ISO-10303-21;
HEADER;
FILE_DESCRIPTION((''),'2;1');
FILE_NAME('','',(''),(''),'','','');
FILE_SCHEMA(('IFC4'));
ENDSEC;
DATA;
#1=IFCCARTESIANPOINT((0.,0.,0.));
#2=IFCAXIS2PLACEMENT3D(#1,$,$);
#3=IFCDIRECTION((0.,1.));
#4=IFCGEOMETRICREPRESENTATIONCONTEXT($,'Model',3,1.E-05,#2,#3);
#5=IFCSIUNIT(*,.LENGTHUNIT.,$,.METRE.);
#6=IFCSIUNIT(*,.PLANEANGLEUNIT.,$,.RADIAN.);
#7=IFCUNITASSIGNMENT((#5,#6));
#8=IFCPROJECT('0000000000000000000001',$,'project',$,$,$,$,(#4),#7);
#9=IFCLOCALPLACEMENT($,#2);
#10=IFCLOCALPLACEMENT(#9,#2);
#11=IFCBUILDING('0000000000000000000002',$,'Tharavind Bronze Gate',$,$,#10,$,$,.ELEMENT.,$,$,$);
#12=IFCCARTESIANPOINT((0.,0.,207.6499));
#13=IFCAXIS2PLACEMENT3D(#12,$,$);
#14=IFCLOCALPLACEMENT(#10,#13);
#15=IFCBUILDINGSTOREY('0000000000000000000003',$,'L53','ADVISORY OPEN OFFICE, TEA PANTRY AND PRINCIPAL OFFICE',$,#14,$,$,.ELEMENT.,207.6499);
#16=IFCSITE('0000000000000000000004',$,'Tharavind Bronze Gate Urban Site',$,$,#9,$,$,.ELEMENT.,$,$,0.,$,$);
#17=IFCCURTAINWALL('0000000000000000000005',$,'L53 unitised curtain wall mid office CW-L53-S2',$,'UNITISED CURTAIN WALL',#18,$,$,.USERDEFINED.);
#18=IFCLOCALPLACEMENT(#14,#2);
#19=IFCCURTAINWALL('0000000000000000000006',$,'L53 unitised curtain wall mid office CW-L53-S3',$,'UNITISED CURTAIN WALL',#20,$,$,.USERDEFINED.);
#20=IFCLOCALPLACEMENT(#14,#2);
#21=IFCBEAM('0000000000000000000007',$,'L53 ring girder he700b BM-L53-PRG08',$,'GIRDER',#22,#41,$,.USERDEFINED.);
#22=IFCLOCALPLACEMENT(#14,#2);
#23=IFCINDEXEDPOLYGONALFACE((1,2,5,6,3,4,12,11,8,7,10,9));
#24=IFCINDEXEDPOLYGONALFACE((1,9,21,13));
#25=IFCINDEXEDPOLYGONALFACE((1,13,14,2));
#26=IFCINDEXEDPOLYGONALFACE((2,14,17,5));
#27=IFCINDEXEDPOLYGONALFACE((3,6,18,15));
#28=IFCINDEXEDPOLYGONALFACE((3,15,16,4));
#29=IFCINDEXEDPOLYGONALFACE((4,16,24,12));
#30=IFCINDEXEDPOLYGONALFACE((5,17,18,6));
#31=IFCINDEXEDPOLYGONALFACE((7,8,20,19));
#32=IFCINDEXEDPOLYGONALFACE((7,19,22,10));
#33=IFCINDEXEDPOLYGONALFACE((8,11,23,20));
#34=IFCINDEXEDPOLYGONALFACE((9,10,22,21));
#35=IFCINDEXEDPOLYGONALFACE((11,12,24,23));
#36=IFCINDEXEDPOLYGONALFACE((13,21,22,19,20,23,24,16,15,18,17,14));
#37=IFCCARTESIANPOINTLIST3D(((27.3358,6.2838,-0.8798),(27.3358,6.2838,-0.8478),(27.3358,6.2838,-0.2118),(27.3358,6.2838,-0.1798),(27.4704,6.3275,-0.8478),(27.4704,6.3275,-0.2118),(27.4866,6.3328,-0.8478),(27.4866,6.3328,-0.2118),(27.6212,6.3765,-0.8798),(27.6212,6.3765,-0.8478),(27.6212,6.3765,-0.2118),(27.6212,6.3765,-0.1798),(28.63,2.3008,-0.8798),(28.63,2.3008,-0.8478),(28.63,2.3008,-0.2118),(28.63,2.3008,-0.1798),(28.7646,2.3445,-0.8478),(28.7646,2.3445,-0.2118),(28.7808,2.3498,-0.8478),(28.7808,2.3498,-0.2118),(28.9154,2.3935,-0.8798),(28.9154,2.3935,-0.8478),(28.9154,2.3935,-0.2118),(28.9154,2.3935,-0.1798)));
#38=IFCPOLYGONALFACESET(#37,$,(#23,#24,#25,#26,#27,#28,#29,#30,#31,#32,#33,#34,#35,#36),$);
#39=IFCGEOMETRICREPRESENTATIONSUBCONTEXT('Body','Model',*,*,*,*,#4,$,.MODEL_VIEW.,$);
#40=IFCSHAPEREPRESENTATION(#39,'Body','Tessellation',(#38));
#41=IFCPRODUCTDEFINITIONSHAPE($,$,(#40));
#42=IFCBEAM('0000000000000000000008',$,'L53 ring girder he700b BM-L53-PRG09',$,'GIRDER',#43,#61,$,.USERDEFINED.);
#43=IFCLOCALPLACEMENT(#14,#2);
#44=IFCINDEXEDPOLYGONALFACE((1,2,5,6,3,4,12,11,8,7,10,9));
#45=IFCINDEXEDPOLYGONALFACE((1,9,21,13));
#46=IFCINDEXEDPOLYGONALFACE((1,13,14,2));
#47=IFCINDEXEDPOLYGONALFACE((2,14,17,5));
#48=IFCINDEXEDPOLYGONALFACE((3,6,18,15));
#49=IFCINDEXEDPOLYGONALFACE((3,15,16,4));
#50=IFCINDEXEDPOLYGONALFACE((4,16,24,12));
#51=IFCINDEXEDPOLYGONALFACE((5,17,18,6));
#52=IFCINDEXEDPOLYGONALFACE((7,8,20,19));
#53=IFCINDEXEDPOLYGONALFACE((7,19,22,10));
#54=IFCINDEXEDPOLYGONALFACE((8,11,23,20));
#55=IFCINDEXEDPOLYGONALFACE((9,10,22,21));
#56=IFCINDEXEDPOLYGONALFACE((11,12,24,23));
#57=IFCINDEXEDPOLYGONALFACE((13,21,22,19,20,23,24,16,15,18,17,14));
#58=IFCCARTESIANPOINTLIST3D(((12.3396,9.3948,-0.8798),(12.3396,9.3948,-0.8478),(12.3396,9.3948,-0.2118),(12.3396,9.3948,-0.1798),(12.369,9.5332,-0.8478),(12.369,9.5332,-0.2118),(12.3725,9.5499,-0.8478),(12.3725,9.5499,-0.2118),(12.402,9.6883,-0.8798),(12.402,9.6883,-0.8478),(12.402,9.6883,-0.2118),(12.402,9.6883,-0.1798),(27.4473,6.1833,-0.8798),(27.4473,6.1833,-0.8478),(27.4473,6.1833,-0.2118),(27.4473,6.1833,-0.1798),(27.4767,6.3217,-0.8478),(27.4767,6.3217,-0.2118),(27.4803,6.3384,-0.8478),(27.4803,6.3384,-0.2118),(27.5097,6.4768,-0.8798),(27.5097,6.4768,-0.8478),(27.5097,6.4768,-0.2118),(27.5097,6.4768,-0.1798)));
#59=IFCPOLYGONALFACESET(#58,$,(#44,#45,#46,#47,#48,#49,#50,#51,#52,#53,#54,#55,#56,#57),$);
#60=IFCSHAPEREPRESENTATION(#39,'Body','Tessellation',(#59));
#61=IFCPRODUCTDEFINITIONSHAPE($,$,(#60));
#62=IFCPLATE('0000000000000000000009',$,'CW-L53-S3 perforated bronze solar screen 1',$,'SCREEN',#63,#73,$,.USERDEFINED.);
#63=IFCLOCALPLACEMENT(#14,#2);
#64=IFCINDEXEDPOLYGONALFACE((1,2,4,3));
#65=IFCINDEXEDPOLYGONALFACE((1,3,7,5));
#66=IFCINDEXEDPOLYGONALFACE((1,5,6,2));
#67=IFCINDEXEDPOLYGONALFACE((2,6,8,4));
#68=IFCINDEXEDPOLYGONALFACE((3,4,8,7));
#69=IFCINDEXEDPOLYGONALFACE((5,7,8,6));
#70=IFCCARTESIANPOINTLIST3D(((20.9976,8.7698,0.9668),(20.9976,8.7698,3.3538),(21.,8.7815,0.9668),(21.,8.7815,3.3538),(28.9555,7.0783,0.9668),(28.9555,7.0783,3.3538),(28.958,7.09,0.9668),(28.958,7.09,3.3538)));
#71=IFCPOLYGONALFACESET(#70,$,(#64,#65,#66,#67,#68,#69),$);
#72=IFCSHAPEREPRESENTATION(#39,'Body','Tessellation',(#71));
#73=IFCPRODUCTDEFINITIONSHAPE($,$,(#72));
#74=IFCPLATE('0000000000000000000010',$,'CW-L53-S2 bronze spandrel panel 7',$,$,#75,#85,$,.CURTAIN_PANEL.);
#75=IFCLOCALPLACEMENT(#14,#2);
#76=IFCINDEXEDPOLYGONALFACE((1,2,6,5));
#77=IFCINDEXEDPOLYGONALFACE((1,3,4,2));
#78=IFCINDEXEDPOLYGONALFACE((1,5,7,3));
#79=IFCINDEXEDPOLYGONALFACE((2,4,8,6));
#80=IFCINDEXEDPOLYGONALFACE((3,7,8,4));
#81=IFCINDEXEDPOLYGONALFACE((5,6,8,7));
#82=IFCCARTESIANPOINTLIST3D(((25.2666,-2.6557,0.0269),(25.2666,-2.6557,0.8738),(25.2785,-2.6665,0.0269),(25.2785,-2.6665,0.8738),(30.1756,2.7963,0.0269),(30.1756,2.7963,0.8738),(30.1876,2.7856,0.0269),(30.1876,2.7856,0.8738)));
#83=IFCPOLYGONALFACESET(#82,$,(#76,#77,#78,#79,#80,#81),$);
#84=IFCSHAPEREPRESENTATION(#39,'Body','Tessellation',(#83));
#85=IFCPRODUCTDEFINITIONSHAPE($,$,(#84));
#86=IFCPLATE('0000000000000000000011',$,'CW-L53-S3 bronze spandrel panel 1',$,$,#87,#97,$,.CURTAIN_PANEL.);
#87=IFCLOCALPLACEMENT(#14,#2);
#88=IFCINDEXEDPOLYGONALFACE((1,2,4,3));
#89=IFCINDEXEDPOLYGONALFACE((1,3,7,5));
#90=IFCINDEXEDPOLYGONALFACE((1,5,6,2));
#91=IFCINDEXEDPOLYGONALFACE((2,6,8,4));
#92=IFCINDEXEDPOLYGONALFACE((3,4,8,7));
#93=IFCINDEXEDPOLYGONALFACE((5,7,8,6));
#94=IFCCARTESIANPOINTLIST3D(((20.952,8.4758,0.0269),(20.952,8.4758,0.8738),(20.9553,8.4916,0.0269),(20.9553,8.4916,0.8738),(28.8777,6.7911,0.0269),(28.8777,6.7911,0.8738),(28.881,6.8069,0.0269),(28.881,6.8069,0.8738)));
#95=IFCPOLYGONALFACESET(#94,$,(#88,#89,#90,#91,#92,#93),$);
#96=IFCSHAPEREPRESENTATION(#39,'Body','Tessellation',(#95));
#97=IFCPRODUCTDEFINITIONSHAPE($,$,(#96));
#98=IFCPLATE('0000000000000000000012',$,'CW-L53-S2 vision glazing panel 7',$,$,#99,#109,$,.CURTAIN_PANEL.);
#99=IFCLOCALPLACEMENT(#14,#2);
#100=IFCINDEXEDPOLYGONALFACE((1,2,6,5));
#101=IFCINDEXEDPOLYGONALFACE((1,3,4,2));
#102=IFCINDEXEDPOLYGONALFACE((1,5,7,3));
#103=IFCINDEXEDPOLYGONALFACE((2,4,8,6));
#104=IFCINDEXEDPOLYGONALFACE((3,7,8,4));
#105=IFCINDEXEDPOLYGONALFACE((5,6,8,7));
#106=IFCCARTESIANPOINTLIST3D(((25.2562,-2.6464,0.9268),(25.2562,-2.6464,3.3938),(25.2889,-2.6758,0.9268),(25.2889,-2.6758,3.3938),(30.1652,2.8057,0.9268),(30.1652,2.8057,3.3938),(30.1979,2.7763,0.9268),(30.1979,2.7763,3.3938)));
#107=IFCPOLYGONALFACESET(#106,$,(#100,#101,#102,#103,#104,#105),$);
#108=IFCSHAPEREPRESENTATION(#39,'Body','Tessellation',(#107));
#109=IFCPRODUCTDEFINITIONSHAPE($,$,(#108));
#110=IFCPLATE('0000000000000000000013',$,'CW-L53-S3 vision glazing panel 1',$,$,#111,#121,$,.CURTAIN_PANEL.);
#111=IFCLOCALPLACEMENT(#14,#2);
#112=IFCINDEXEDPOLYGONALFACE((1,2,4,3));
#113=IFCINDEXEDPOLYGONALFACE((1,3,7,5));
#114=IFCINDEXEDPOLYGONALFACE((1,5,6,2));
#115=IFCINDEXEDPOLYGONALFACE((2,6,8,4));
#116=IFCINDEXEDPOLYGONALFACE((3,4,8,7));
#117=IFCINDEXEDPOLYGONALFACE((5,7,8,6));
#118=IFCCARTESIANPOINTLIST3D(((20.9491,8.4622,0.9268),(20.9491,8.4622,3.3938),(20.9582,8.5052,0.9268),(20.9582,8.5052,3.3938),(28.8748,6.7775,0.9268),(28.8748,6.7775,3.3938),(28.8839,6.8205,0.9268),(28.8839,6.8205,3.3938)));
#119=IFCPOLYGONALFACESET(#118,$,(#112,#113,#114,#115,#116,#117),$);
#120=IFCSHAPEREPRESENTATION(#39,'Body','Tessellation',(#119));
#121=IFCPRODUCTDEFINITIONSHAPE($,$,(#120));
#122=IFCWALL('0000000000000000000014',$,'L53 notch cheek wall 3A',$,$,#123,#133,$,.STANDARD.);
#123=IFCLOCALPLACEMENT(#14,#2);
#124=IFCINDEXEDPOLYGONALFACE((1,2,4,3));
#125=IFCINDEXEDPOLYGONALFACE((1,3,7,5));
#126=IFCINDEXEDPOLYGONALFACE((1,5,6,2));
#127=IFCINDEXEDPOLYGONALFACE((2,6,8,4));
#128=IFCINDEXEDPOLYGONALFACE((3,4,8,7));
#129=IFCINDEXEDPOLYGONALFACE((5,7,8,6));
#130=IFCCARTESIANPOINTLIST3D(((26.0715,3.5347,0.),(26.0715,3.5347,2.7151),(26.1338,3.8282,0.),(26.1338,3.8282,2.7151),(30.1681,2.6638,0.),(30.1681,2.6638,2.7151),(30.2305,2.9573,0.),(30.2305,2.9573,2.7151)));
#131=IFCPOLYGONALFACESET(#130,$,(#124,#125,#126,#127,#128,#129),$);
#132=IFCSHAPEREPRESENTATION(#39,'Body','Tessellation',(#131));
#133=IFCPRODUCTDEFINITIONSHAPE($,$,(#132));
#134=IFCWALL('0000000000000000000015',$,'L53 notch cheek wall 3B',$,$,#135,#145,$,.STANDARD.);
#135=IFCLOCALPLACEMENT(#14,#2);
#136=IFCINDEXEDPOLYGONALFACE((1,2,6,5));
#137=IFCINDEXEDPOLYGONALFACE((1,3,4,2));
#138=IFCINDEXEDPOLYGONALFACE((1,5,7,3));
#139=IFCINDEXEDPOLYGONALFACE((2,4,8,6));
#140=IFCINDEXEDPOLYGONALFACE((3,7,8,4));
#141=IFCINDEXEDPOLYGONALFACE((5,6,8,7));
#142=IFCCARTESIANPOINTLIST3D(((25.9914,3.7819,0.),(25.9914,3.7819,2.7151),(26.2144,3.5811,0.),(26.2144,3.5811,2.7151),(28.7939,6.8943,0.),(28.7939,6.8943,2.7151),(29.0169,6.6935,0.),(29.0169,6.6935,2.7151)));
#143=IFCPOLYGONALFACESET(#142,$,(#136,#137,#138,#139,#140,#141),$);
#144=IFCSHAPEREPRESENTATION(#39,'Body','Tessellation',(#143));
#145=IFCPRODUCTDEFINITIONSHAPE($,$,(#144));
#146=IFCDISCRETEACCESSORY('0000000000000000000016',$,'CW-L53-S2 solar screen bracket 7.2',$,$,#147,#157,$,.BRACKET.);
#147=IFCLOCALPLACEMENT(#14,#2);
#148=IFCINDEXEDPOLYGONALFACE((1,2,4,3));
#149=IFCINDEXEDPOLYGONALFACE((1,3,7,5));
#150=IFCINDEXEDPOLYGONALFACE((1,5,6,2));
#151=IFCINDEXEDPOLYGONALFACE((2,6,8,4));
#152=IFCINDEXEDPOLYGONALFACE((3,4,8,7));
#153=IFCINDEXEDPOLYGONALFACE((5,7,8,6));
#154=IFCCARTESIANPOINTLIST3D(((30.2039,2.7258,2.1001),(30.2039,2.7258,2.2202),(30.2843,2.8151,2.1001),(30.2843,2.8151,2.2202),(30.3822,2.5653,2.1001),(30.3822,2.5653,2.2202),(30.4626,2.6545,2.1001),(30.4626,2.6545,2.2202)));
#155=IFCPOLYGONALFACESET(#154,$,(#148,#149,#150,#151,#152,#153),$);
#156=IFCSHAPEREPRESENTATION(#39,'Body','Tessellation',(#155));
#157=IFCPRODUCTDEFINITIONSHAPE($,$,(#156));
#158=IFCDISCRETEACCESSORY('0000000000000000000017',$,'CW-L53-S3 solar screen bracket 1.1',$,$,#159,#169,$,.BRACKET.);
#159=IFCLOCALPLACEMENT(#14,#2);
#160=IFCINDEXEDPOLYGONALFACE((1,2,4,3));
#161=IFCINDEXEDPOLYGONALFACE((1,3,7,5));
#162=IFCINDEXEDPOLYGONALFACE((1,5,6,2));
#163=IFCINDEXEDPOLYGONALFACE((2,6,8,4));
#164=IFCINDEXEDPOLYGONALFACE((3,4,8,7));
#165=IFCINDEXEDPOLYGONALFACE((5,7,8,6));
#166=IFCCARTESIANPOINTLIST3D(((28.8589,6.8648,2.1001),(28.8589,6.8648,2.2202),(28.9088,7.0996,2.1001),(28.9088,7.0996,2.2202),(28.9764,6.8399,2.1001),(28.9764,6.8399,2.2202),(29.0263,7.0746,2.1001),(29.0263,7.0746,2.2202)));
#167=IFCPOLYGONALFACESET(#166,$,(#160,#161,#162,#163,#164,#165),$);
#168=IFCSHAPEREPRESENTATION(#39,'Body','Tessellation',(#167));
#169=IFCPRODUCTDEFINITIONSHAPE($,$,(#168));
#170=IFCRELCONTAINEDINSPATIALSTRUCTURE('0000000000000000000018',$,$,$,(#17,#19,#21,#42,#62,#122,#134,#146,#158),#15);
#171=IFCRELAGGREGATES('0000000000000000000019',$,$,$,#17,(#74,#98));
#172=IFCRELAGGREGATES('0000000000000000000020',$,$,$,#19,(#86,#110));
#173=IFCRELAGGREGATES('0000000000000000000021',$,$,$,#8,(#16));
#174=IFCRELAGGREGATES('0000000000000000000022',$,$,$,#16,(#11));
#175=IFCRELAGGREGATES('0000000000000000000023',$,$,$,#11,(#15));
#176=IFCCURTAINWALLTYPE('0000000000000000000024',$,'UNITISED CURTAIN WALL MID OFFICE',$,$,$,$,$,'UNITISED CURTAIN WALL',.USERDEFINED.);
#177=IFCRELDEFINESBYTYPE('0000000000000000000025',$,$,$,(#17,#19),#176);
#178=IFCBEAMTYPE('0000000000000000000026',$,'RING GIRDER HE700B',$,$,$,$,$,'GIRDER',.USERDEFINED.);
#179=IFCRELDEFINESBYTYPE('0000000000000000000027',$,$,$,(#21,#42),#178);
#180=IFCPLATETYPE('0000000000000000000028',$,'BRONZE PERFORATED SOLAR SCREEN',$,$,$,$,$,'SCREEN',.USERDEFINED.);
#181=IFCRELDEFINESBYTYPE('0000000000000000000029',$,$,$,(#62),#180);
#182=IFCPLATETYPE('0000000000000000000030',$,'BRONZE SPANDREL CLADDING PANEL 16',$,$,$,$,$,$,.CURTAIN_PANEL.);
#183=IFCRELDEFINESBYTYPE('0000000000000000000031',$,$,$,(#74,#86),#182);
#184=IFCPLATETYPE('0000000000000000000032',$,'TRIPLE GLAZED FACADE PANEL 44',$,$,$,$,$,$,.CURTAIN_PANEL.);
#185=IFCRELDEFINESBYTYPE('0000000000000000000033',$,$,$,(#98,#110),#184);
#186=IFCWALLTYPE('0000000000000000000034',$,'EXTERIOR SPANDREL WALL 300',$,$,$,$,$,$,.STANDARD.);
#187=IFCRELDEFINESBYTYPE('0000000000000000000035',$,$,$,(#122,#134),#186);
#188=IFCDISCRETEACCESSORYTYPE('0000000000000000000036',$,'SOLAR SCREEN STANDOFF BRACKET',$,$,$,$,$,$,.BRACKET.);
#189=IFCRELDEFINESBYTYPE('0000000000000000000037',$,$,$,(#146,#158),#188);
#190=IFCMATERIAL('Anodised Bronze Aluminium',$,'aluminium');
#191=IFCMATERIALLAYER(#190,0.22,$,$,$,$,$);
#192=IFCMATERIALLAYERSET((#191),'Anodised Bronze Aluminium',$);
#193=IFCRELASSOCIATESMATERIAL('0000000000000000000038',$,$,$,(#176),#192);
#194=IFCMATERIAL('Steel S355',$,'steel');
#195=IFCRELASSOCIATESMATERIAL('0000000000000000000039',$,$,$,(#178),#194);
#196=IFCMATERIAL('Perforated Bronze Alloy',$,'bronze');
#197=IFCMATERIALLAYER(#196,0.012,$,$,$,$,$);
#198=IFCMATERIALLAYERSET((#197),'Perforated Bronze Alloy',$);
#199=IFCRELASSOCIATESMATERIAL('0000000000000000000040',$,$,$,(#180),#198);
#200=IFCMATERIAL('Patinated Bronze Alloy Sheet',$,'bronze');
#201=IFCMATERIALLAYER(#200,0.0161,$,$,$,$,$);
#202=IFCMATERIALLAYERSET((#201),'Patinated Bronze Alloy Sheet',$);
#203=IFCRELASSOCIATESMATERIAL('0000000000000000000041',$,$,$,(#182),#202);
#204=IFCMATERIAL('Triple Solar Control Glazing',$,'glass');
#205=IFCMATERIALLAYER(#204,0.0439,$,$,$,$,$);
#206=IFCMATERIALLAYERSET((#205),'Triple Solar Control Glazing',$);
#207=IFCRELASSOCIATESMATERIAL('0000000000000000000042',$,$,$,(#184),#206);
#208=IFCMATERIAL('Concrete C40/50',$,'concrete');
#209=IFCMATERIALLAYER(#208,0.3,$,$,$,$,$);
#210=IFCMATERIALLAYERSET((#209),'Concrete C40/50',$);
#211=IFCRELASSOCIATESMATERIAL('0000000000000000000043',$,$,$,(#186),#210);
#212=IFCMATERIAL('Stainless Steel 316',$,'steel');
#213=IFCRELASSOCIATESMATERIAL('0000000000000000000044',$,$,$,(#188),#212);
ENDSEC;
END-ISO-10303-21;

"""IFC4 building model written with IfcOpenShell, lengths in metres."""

from ifc_helpers import new_model, si_unit, direction, frame, frame_2d, origin, origin_2d, place, context, subcontext, project, spatial, rectangle, i_section, extrude, material, layer, layer_set, material_profile, profile_set, type_object, element, aggregate, save


model = new_model("IFC4")

# Units and contexts
model_context = context("Model", 3, precision=1e-05, world=origin(), true_north=direction((0.0, 1.0)))
body_context = subcontext(model_context, "Body", "Model", "MODEL_VIEW")
ifc_project = project(units=[si_unit("LENGTHUNIT", "METRE"), si_unit("PLANEANGLEUNIT", "RADIAN")], contexts=[model_context])

# Site, building, storey
site_placement = place(None, origin())
site = spatial("IfcSite", under=ifc_project, at=site_placement, Name="Tharavind Bronze Gate Urban Site", CompositionType="ELEMENT", RefElevation=0.0)
building_placement = place(site_placement, origin())
building = spatial("IfcBuilding", under=site, at=building_placement, Name="Tharavind Bronze Gate", CompositionType="ELEMENT")
storey_placement = place(building_placement, frame((0.0, 0.0, 207.6499)))
storey = spatial("IfcBuildingStorey", under=building, at=storey_placement, Name="L53", Description="ADVISORY OPEN OFFICE, TEA PANTRY AND PRINCIPAL OFFICE", CompositionType="ELEMENT", Elevation=207.6499)

# Curtain walls
ifc_material_1 = material(Name="Anodised Bronze Aluminium", Category="aluminium")
ifc_layer_1 = layer(ifc_material_1, 0.22)
ifc_layer_set_1 = layer_set([ifc_layer_1], Name="Anodised Bronze Aluminium")
curtain_wall_type = type_object("IfcCurtainWallType", Name="UNITISED CURTAIN WALL MID OFFICE", ElementType="UNITISED CURTAIN WALL", PredefinedType="USERDEFINED", material=ifc_layer_set_1)
curtain_wall_1_placement = place(storey_placement, origin())
curtain_wall_1 = element("IfcCurtainWall", 1, at=curtain_wall_1_placement, inside=storey, type_object=curtain_wall_type, Name="L53 unitised curtain wall mid office CW-L53-S2", ObjectType="UNITISED CURTAIN WALL", PredefinedType="USERDEFINED")
curtain_wall_2_placement = place(storey_placement, origin())
curtain_wall_2 = element("IfcCurtainWall", 2, at=curtain_wall_2_placement, inside=storey, type_object=curtain_wall_type, Name="L53 unitised curtain wall mid office CW-L53-S3", ObjectType="UNITISED CURTAIN WALL", PredefinedType="USERDEFINED")

# Beams
ifc_material_2 = material(Name="Steel S355", Category="steel")
ifc_material_profile_1 = material_profile(ifc_material_2, i_section(OverallWidth=0.3, OverallDepth=0.7, WebThickness=0.0171, FlangeThickness=0.032, at=origin_2d()), Name="HE700B")
ifc_profile_set_1 = profile_set([ifc_material_profile_1], Name="Steel S355")
beam_type_1 = type_object("IfcBeamType", Name="RING GIRDER HE700B", ElementType="GIRDER", PredefinedType="USERDEFINED", material=ifc_profile_set_1)
beam_1_placement = place(storey_placement, frame((28.7727, 2.3472, -0.5298), z_axis=(-0.309031, 0.951052, 0.0), x_axis=(-0.951052, -0.309031, 0.0)))
element("IfcBeam", 3, at=beam_1_placement, inside=storey, type_object=beam_type_1, Name="L53 ring girder he700b BM-L53-PRG08", ObjectType="GIRDER", PredefinedType="USERDEFINED", context=body_context, shape_type="SweptSolid", body=[
    extrude(i_section(OverallWidth=0.3, OverallDepth=0.7, WebThickness=0.0171, FlangeThickness=0.032, at=origin_2d()), origin(), (0.0, 0.0, 1.0), 4.188),
])
beam_2_placement = place(storey_placement, frame((27.4785, 6.3301, -0.5298), z_axis=(-0.978145, 0.207924, 0.0), x_axis=(-0.207924, -0.978145, 0.0)))
element("IfcBeam", 4, at=beam_2_placement, inside=storey, type_object=beam_type_1, Name="L53 ring girder he700b BM-L53-PRG09", ObjectType="GIRDER", PredefinedType="USERDEFINED", context=body_context, shape_type="SweptSolid", body=[
    extrude(i_section(OverallWidth=0.3, OverallDepth=0.7, WebThickness=0.0171, FlangeThickness=0.032, at=origin_2d()), origin(), (0.0, 0.0, 1.0), 15.4453),
])

# Plates
ifc_material_3 = material(Name="Perforated Bronze Alloy", Category="bronze")
ifc_layer_2 = layer(ifc_material_3, 0.012)
ifc_layer_set_2 = layer_set([ifc_layer_2], Name="Perforated Bronze Alloy")
plate_type_1 = type_object("IfcPlateType", Name="BRONZE PERFORATED SOLAR SCREEN", ElementType="SCREEN", PredefinedType="USERDEFINED", material=ifc_layer_set_2)
plate_1_placement = place(storey_placement, frame((24.9778, 7.9299, 0.9668), z_axis=(0.0, 0.0, 1.0), x_axis=(-0.978148, 0.207912, 0.0)))
element("IfcPlate", 5, at=plate_1_placement, inside=storey, type_object=plate_type_1, Name="CW-L53-S3 perforated bronze solar screen 1", ObjectType="SCREEN", PredefinedType="USERDEFINED", context=body_context, shape_type="SweptSolid", body=[
    extrude(rectangle(XDim=8.1357, YDim=0.012, at=origin_2d()), origin(), (0.0, 0.0, 1.0), 2.387),
])
ifc_material_4 = material(Name="Patinated Bronze Alloy Sheet", Category="bronze")
ifc_layer_3 = layer(ifc_material_4, 0.0161)
ifc_layer_set_3 = layer_set([ifc_layer_3], Name="Patinated Bronze Alloy Sheet")
plate_type_2 = type_object("IfcPlateType", Name="BRONZE SPANDREL CLADDING PANEL 16", PredefinedType="CURTAIN_PANEL", material=ifc_layer_set_3)
plate_2_placement = place(storey_placement, frame((27.7271, 0.0649, 0.0269), z_axis=(0.0, 0.0, 1.0), x_axis=(0.669131, 0.743145, 0.0)))
plate_2 = element("IfcPlate", 6, at=plate_2_placement, type_object=plate_type_2, Name="CW-L53-S2 bronze spandrel panel 7", PredefinedType="CURTAIN_PANEL", context=body_context, shape_type="SweptSolid", body=[
    extrude(rectangle(XDim=7.3364, YDim=0.0161, at=origin_2d()), origin(), (0.0, 0.0, 1.0), 0.8469),
])
plate_3_placement = place(storey_placement, frame((24.9165, 7.6414, 0.0269), z_axis=(0.0, 0.0, 1.0), x_axis=(-0.978148, 0.207912, 0.0)))
plate_3 = element("IfcPlate", 7, at=plate_3_placement, type_object=plate_type_2, Name="CW-L53-S3 bronze spandrel panel 1", PredefinedType="CURTAIN_PANEL", context=body_context, shape_type="SweptSolid", body=[
    extrude(rectangle(XDim=8.1028, YDim=0.0161, at=origin_2d()), origin(), (0.0, 0.0, 1.0), 0.8469),
])
ifc_material_5 = material(Name="Triple Solar Control Glazing", Category="glass")
ifc_layer_4 = layer(ifc_material_5, 0.0439)
ifc_layer_set_4 = layer_set([ifc_layer_4], Name="Triple Solar Control Glazing")
plate_type_3 = type_object("IfcPlateType", Name="TRIPLE GLAZED FACADE PANEL 44", PredefinedType="CURTAIN_PANEL", material=ifc_layer_set_4)
plate_4_placement = place(storey_placement, frame((27.7271, 0.0649, 0.9268), z_axis=(0.0, 0.0, 1.0), x_axis=(0.669131, 0.743145, 0.0)))
plate_4 = element("IfcPlate", 8, at=plate_4_placement, type_object=plate_type_3, Name="CW-L53-S2 vision glazing panel 7", PredefinedType="CURTAIN_PANEL", context=body_context, shape_type="SweptSolid", body=[
    extrude(rectangle(XDim=7.3364, YDim=0.0439, at=origin_2d()), origin(), (0.0, 0.0, 1.0), 2.467),
])
aggregate(curtain_wall_1, [plate_2, plate_4])
plate_5_placement = place(storey_placement, frame((24.9165, 7.6414, 0.9268), z_axis=(0.0, 0.0, 1.0), x_axis=(-0.978148, 0.207912, 0.0)))
plate_5 = element("IfcPlate", 9, at=plate_5_placement, type_object=plate_type_3, Name="CW-L53-S3 vision glazing panel 1", PredefinedType="CURTAIN_PANEL", context=body_context, shape_type="SweptSolid", body=[
    extrude(rectangle(XDim=8.1028, YDim=0.0439, at=origin_2d()), origin(), (0.0, 0.0, 1.0), 2.467),
])
aggregate(curtain_wall_2, [plate_3, plate_5])

# Walls
ifc_material_6 = material(Name="Concrete C40/50", Category="concrete")
ifc_layer_5 = layer(ifc_material_6, 0.3)
ifc_layer_set_5 = layer_set([ifc_layer_5], Name="Concrete C40/50")
wall_type = type_object("IfcWallType", Name="EXTERIOR SPANDREL WALL 300", PredefinedType="STANDARD", material=ifc_layer_set_5)
for number, where, z_axis, x_axis, name in (
    (10, (30.1995, 2.8105, 0.0), (0.0, 0.0, 1.0), (-0.978144, 0.207928, 0.0), "L53 notch cheek wall 3A"),
    (11, (26.1028, 3.6814, 0.0), (0.0, 0.0, 1.0), (0.669152, 0.743126, 0.0), "L53 notch cheek wall 3B"),
):
    element("IfcWall", number, at=place(storey_placement, frame(where, z_axis=z_axis, x_axis=x_axis)), inside=storey, type_object=wall_type, Name=name, PredefinedType="STANDARD", context=body_context, shape_type="SweptSolid", body=[
        extrude(rectangle(XDim=4.1882, YDim=0.3, at=frame_2d((2.0942, 0.0))), origin(), (0.0, 0.0, 1.0), 2.7151),
    ])

# Discrete accessories
ifc_material_7 = material(Name="Stainless Steel 316", Category="steel")
discrete_accessory_type = type_object("IfcDiscreteAccessoryType", Name="SOLAR SCREEN STANDOFF BRACKET", PredefinedType="BRACKET", material=ifc_material_7)
for number, where, z_axis, x_axis, name in (
    (12, (30.3333, 2.6902, 2.1001), (0.0, 0.0, 1.0), (0.669131, 0.743145, 0.0), "CW-L53-S2 solar screen bracket 7.2"),
    (13, (28.9426, 6.9697, 2.1001), (0.0, 0.0, 1.0), (-0.978148, 0.207912, 0.0), "CW-L53-S3 solar screen bracket 1.1"),
):
    element("IfcDiscreteAccessory", number, at=place(storey_placement, frame(where, z_axis=z_axis, x_axis=x_axis)), inside=storey, type_object=discrete_accessory_type, Name=name, PredefinedType="BRACKET", context=body_context, shape_type="SweptSolid", body=[
        extrude(rectangle(XDim=0.1201, YDim=0.24, at=origin_2d()), origin(), (0.0, 0.0, 1.0), 0.1201),
    ])

save(model, "model.ifc")
